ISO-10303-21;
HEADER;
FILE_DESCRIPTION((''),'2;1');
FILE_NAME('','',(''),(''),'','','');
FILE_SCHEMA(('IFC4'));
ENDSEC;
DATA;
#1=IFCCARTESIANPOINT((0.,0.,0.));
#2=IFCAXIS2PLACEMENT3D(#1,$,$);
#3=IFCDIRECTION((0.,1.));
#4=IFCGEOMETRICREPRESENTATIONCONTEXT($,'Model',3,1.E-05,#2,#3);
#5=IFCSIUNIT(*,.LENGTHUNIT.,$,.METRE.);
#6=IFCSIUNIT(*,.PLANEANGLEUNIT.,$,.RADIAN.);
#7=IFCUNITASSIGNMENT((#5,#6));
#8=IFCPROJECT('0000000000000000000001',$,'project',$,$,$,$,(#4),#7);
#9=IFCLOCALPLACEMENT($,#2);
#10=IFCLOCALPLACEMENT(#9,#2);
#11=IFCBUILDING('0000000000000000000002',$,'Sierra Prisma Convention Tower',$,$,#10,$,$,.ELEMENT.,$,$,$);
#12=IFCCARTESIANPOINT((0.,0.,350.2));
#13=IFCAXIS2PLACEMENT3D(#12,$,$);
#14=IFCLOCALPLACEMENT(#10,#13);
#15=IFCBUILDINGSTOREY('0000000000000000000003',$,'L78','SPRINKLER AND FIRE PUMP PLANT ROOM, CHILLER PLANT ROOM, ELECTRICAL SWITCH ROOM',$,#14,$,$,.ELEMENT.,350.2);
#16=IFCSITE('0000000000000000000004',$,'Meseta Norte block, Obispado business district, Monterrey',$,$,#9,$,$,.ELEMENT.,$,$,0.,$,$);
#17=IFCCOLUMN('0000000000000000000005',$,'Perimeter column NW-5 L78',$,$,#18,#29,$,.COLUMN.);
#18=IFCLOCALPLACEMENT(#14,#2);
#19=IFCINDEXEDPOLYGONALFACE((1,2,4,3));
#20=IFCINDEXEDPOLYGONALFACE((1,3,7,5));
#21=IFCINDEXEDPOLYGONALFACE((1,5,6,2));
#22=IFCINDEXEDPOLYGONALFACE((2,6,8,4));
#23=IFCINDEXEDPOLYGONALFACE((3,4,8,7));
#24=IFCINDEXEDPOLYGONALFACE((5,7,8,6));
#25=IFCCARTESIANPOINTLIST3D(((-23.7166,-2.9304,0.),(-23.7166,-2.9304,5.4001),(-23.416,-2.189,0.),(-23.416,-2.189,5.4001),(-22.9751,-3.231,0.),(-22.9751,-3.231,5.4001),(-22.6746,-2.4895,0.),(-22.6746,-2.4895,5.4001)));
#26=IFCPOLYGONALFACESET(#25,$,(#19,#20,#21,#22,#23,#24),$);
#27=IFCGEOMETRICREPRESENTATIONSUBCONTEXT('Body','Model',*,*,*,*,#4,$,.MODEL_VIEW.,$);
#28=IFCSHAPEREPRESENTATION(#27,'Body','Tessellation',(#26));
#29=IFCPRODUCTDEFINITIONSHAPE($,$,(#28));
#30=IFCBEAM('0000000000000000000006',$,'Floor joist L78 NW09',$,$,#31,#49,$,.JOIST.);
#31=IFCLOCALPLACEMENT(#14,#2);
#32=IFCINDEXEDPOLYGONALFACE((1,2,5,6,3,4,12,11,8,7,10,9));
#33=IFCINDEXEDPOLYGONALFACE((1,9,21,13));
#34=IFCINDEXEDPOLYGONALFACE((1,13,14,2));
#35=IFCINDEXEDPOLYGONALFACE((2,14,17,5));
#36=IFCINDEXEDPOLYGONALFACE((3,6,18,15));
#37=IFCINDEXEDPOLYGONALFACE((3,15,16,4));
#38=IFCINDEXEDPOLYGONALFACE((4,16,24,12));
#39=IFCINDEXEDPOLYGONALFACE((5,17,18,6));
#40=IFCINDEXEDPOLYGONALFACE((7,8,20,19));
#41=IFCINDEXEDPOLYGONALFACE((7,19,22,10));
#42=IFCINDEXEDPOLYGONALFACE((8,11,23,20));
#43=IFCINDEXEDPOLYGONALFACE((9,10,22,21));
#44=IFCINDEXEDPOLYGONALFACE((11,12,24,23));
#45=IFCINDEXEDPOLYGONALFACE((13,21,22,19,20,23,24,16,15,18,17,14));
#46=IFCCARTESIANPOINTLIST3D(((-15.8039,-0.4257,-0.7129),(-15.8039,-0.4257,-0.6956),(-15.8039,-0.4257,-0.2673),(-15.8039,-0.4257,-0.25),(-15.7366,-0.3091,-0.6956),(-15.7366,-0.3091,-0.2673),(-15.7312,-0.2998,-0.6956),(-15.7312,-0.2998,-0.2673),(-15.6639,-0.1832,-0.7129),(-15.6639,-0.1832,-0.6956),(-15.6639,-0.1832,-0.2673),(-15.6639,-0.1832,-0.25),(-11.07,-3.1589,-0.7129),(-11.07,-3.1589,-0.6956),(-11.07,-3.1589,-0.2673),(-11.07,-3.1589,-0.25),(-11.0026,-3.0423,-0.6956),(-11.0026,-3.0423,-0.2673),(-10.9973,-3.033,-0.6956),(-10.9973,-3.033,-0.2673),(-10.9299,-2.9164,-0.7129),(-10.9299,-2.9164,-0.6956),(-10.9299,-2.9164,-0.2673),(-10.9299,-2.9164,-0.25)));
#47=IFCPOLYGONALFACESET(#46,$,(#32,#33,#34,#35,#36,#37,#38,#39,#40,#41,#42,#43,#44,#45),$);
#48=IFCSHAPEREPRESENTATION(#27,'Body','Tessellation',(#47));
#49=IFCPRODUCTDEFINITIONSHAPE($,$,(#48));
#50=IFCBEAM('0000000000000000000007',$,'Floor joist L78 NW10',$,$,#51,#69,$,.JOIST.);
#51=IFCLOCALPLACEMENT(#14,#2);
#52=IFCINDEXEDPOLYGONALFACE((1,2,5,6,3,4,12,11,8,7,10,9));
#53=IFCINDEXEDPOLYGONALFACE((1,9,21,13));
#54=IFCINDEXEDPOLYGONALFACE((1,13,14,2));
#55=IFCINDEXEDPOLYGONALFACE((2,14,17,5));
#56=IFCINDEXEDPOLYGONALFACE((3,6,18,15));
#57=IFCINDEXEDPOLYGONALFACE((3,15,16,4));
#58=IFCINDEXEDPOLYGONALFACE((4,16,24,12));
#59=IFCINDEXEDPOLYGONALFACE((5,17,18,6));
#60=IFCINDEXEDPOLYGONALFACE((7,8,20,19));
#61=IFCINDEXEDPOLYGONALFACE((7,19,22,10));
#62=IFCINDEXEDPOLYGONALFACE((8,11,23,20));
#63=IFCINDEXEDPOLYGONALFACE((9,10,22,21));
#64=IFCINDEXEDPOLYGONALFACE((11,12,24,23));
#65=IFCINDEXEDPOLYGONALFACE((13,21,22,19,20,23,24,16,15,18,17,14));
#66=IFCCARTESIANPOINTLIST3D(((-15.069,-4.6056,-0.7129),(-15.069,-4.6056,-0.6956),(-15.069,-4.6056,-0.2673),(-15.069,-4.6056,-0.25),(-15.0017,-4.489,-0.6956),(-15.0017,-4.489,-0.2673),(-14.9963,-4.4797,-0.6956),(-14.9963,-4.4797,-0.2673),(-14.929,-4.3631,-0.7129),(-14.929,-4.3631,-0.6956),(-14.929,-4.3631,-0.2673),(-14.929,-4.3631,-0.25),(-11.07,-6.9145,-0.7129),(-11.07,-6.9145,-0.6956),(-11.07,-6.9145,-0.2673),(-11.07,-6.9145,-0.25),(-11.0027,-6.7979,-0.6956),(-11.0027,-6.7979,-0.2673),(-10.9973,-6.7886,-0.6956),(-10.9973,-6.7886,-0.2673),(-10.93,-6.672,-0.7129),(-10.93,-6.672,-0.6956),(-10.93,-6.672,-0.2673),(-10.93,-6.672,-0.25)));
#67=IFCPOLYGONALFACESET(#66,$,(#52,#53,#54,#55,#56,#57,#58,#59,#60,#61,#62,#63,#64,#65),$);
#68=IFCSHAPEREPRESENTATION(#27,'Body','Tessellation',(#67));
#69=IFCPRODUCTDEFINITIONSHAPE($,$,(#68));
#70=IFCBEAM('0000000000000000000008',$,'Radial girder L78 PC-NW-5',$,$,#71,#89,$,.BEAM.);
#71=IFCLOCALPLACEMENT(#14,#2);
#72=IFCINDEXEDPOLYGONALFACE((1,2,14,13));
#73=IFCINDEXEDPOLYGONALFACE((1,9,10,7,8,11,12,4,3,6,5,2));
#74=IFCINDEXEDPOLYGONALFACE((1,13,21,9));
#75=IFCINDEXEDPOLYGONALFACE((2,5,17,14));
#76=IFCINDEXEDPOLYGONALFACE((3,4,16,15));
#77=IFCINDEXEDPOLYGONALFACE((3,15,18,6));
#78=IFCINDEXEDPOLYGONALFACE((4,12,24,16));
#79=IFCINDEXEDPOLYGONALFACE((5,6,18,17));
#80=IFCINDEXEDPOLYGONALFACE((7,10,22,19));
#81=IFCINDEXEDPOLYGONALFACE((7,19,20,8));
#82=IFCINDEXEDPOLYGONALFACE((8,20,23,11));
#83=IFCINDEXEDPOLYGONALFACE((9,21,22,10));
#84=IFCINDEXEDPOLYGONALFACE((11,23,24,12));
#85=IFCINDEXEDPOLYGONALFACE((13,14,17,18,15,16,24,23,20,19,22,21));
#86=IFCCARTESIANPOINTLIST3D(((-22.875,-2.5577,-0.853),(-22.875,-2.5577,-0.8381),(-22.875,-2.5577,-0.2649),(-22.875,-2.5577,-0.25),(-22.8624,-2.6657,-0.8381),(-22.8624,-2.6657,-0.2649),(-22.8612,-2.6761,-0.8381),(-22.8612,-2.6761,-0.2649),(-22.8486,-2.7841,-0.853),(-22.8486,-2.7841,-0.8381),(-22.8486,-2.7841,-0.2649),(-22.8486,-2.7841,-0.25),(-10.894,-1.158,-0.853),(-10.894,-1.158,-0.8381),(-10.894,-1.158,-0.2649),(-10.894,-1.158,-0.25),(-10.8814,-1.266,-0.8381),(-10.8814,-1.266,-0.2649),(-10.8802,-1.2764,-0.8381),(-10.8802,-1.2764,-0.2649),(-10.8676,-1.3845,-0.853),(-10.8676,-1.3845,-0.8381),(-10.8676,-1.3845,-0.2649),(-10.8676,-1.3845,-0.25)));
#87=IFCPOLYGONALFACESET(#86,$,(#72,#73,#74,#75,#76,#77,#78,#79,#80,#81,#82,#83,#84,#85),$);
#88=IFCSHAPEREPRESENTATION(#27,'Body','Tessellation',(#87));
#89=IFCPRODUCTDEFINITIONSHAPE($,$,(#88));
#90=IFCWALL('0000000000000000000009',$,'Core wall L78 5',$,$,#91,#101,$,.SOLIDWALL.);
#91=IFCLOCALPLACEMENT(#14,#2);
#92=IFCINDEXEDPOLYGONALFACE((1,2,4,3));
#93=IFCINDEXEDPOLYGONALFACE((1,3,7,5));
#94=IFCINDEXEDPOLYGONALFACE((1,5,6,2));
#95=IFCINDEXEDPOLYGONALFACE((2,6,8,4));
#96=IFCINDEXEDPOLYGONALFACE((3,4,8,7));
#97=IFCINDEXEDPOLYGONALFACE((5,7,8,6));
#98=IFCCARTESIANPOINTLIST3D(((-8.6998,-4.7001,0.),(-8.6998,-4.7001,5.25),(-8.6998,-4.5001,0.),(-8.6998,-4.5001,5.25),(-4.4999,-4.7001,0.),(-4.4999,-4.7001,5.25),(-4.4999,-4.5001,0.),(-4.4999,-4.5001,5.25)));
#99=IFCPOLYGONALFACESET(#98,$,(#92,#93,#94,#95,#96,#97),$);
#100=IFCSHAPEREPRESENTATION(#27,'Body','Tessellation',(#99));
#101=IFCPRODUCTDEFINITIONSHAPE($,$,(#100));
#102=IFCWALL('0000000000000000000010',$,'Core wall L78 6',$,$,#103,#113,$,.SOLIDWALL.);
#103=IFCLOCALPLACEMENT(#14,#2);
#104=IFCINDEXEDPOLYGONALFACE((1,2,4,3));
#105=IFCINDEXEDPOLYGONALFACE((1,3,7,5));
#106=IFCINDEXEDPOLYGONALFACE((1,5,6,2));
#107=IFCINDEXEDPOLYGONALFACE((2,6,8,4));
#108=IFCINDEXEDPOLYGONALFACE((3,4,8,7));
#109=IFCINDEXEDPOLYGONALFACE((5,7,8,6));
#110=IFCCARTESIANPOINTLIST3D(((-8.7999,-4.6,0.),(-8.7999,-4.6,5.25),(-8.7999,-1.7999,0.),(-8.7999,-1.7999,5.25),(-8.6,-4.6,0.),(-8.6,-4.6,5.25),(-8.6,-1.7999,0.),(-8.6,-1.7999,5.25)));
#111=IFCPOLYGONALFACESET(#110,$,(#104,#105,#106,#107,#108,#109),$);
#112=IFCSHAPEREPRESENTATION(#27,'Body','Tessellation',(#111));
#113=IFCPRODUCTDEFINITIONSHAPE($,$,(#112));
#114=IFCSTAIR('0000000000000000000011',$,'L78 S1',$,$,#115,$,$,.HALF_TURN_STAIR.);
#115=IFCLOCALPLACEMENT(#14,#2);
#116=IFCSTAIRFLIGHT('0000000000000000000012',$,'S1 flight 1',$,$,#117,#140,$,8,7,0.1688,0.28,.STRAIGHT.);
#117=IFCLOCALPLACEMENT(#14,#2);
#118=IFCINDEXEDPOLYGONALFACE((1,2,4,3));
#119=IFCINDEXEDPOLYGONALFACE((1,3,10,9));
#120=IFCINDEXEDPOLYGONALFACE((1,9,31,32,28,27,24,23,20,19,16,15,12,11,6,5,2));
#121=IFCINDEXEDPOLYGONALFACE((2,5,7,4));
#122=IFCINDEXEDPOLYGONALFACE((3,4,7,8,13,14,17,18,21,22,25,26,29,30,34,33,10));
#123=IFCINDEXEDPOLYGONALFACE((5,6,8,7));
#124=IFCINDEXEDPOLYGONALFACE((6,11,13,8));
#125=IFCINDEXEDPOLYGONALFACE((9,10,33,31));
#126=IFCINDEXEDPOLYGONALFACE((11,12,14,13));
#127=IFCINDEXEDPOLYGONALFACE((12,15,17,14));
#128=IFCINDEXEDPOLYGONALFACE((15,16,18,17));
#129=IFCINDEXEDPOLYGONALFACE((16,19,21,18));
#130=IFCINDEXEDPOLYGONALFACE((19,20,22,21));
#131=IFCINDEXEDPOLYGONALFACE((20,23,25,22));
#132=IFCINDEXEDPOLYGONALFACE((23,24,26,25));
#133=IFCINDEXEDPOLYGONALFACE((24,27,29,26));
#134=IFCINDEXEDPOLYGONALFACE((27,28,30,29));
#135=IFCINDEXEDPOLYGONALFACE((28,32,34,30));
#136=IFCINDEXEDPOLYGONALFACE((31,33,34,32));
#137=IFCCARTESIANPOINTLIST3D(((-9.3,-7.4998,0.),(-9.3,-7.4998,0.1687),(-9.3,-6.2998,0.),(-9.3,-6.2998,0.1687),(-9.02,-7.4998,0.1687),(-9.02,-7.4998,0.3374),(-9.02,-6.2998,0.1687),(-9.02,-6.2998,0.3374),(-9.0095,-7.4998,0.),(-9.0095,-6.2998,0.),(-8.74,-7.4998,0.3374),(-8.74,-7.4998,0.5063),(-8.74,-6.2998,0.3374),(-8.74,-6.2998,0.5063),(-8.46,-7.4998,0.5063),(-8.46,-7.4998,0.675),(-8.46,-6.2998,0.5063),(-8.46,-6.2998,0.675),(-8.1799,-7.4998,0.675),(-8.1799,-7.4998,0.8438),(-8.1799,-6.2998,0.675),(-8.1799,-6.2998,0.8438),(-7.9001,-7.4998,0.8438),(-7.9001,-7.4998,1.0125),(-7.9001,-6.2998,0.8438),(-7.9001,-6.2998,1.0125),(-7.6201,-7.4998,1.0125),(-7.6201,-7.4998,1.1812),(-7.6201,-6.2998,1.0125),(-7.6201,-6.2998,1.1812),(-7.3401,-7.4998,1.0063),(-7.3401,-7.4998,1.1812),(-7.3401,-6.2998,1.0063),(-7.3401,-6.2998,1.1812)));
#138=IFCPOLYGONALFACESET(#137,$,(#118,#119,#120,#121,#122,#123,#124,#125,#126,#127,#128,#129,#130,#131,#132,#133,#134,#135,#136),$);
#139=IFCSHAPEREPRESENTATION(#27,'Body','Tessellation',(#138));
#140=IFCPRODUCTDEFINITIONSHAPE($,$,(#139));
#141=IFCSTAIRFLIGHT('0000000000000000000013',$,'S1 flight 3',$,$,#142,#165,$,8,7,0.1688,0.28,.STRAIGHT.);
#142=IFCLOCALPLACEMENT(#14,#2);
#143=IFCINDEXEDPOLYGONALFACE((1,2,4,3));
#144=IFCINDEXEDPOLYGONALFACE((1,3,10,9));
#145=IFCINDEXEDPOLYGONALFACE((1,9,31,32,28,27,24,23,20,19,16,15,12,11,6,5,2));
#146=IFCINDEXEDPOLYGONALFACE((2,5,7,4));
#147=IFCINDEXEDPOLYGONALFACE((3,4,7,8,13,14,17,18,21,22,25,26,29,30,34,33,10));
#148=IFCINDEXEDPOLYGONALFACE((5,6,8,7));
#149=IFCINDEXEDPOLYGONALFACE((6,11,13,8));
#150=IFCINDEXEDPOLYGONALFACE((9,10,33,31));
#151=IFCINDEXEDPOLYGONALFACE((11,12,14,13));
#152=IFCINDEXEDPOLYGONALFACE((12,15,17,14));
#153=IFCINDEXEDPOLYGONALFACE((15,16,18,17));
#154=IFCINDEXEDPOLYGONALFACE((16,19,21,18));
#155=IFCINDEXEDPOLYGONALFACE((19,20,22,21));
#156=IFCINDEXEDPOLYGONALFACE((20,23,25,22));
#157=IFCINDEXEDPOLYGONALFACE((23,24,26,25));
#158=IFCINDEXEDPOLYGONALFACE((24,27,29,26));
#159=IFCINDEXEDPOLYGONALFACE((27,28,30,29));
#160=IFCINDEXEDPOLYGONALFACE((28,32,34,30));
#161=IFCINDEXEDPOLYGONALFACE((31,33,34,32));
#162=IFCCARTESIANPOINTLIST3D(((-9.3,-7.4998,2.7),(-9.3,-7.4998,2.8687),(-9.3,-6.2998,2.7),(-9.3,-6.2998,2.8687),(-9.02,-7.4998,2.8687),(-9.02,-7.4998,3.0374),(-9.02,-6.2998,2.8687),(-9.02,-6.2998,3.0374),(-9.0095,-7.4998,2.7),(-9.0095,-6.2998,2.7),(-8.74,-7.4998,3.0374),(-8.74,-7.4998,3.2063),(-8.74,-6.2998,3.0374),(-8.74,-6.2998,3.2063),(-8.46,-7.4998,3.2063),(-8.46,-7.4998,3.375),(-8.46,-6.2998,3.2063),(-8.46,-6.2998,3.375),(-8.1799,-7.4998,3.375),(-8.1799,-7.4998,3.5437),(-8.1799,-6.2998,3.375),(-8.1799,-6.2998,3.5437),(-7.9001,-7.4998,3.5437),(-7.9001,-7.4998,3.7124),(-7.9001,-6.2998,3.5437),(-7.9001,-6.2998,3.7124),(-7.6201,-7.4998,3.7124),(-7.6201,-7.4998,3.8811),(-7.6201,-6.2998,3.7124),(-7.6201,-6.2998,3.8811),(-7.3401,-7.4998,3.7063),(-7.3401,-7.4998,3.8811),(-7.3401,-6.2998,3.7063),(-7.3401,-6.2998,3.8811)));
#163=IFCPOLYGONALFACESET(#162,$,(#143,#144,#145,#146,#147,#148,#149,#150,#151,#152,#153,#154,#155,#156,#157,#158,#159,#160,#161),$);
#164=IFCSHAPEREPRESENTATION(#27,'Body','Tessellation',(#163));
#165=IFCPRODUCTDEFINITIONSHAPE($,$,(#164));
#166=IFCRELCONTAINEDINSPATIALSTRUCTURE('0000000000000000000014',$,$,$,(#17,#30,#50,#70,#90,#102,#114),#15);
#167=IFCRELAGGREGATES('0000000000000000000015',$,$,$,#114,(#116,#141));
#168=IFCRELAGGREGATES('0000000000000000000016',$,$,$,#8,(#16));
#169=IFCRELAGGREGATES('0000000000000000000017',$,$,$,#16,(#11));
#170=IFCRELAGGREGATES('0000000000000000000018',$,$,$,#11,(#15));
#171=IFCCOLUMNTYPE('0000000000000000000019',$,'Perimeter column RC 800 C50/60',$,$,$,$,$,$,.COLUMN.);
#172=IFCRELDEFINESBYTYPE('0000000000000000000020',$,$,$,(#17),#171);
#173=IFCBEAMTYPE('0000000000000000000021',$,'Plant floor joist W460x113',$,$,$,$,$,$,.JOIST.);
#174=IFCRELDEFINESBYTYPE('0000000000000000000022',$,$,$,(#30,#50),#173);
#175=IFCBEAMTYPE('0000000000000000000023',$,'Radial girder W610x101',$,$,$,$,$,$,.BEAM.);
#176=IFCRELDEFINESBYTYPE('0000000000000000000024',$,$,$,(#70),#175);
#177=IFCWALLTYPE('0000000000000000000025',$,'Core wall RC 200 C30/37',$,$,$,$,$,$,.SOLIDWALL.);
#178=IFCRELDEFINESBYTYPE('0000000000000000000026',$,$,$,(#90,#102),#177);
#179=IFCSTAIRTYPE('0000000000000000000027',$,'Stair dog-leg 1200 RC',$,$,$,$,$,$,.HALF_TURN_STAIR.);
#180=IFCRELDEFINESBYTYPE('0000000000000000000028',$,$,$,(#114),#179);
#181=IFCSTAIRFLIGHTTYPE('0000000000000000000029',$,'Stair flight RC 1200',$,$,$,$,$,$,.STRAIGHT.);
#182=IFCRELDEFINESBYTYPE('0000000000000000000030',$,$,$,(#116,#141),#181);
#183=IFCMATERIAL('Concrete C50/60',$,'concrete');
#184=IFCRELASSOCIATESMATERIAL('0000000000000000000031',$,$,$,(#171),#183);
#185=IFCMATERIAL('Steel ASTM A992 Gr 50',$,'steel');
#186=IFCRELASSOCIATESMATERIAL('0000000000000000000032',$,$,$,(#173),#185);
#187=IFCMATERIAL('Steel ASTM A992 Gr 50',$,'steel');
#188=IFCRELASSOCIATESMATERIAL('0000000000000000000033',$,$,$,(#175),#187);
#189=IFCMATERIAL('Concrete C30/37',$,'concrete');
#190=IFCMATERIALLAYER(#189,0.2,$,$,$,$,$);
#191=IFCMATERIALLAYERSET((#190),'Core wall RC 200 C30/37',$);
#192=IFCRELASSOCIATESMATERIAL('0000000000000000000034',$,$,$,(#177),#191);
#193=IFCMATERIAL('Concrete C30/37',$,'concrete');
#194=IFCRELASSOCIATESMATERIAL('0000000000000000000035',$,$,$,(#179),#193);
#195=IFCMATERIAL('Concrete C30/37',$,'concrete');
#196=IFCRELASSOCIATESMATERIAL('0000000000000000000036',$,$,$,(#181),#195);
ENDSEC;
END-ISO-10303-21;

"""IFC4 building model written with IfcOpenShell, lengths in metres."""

from ifc_helpers import new_model, si_unit, direction, frame, frame_2d, origin, origin_2d, place, context, subcontext, project, spatial, polyline, rectangle, i_section, outline, extrude, material, layer, layer_set, material_profile, profile_set, type_object, element, aggregate, save


model = new_model("IFC4")

# Units and contexts
model_context = context("Model", 3, precision=1e-05, world=origin(), true_north=direction((0.0, 1.0)))
body_context = subcontext(model_context, "Body", "Model", "MODEL_VIEW")
ifc_project = project(units=[si_unit("LENGTHUNIT", "METRE"), si_unit("PLANEANGLEUNIT", "RADIAN")], contexts=[model_context])

# Site, building, storey
site_placement = place(None, origin())
site = spatial("IfcSite", under=ifc_project, at=site_placement, Name="Meseta Norte block, Obispado business district, Monterrey", CompositionType="ELEMENT", RefElevation=0.0)
building_placement = place(site_placement, origin())
building = spatial("IfcBuilding", under=site, at=building_placement, Name="Sierra Prisma Convention Tower", CompositionType="ELEMENT")
storey_placement = place(building_placement, frame((0.0, 0.0, 350.2)))
storey = spatial("IfcBuildingStorey", under=building, at=storey_placement, Name="L78", Description="SPRINKLER AND FIRE PUMP PLANT ROOM, CHILLER PLANT ROOM, ELECTRICAL SWITCH ROOM", CompositionType="ELEMENT", Elevation=350.2)

# Column
ifc_material_1 = material(Name="Concrete C50/60", Category="concrete")
ifc_material_profile_1 = material_profile(ifc_material_1, rectangle(XDim=0.8, YDim=0.8, at=origin_2d()), Name="Perimeter column RC 800 C50/60")
ifc_profile_set_1 = profile_set([ifc_material_profile_1], Name="Concrete C50/60")
column_type = type_object("IfcColumnType", Name="Perimeter column RC 800 C50/60", PredefinedType="COLUMN", material=ifc_profile_set_1)
column_placement = place(storey_placement, frame((-23.1956, -2.71, 0.0), z_axis=(0.0, 0.0, 1.0), x_axis=(0.375686, 0.926747, 0.0)))
element("IfcColumn", 1, at=column_placement, inside=storey, type_object=column_type, Name="Perimeter column NW-5 L78", PredefinedType="COLUMN", context=body_context, shape_type="SweptSolid", body=[
    extrude(rectangle(XDim=0.8, YDim=0.8, at=origin_2d()), origin(), (0.0, 0.0, 1.0), 5.4001),
])

# Beams
ifc_material_2 = material(Name="Steel ASTM A992 Gr 50", Category="steel")
ifc_material_profile_2 = material_profile(ifc_material_2, i_section(OverallWidth=0.28, OverallDepth=0.4629, WebThickness=0.0107, FlangeThickness=0.0173, at=origin_2d()), Name="W460x113")
ifc_profile_set_2 = profile_set([ifc_material_profile_2], Name="Steel ASTM A992 Gr 50")
beam_type_1 = type_object("IfcBeamType", Name="Plant floor joist W460x113", PredefinedType="JOIST", material=ifc_profile_set_2)
beam_1_placement = place(storey_placement, frame((-15.7339, -0.3044, -0.4814), z_axis=(0.866022, -0.500006, 0.0), x_axis=(0.500006, 0.866022, 0.0)))
element("IfcBeam", 2, at=beam_1_placement, inside=storey, type_object=beam_type_1, Name="Floor joist L78 NW09", PredefinedType="JOIST", context=body_context, shape_type="SweptSolid", body=[
    extrude(i_section(OverallWidth=0.28, OverallDepth=0.4629, WebThickness=0.0107, FlangeThickness=0.0173, at=origin_2d()), origin(), (0.0, 0.0, 1.0), 5.4663),
])
beam_2_placement = place(storey_placement, frame((-14.999, -4.4844, -0.4814), z_axis=(0.866025, -0.5, 0.0), x_axis=(0.5, 0.866025, 0.0)))
element("IfcBeam", 3, at=beam_2_placement, inside=storey, type_object=beam_type_1, Name="Floor joist L78 NW10", PredefinedType="JOIST", context=body_context, shape_type="SweptSolid", body=[
    extrude(i_section(OverallWidth=0.28, OverallDepth=0.4629, WebThickness=0.0107, FlangeThickness=0.0173, at=origin_2d()), origin(), (0.0, 0.0, 1.0), 4.6177),
])
ifc_material_3 = material(Name="Steel ASTM A992 Gr 50", Category="steel")
ifc_material_profile_3 = material_profile(ifc_material_3, i_section(OverallWidth=0.228, OverallDepth=0.603, WebThickness=0.0105, FlangeThickness=0.0149, at=origin_2d()), Name="W610x101")
ifc_profile_set_3 = profile_set([ifc_material_profile_3], Name="Steel ASTM A992 Gr 50")
beam_type_2 = type_object("IfcBeamType", Name="Radial girder W610x101", PredefinedType="BEAM", material=ifc_profile_set_3)
beam_3_placement = place(storey_placement, frame((-22.8618, -2.6709, -0.5515), z_axis=(0.993245, 0.116034, 0.0), x_axis=(-0.116034, 0.993245, 0.0)))
element("IfcBeam", 4, at=beam_3_placement, inside=storey, type_object=beam_type_2, Name="Radial girder L78 PC-NW-5", PredefinedType="BEAM", context=body_context, shape_type="SweptSolid", body=[
    extrude(i_section(OverallWidth=0.228, OverallDepth=0.603, WebThickness=0.0105, FlangeThickness=0.0149, at=origin_2d()), origin(), (0.0, 0.0, 1.0), 12.0625),
])

# Shared definitions
ifc_material_4 = material(Name="Concrete C30/37", Category="concrete")
ifc_layer = layer(ifc_material_4, 0.2)
ifc_layer_set = layer_set([ifc_layer], Name="Core wall RC 200 C30/37")
wall_type = type_object("IfcWallType", Name="Core wall RC 200 C30/37", PredefinedType="SOLIDWALL", material=ifc_layer_set)

# Walls
wall_1_placement = place(storey_placement, frame((-8.7, -4.6001, 0.0), z_axis=(0.0, 0.0, 1.0), x_axis=(1.0, 0.0, 0.0)))
element("IfcWall", 5, at=wall_1_placement, inside=storey, type_object=wall_type, Name="Core wall L78 5", PredefinedType="SOLIDWALL", context=body_context, shape_type="SweptSolid", body=[
    extrude(rectangle(XDim=4.2, YDim=0.2, at=frame_2d((2.1001, 0.0))), origin(), (0.0, 0.0, 1.0), 5.25),
])
wall_2_placement = place(storey_placement, frame((-8.7, -1.8, 0.0), z_axis=(0.0, 0.0, 1.0), x_axis=(0.0, -1.0, 0.0)))
element("IfcWall", 6, at=wall_2_placement, inside=storey, type_object=wall_type, Name="Core wall L78 6", PredefinedType="SOLIDWALL", context=body_context, shape_type="SweptSolid", body=[
    extrude(rectangle(XDim=2.8, YDim=0.2, at=frame_2d((1.3999, 0.0))), origin(), (0.0, 0.0, 1.0), 5.25),
])

# Stair, stair flights
ifc_material_5 = material(Name="Concrete C30/37", Category="concrete")
stair_type = type_object("IfcStairType", Name="Stair dog-leg 1200 RC", PredefinedType="HALF_TURN_STAIR", material=ifc_material_5)
stair_placement = place(storey_placement, origin())
stair = element("IfcStair", 7, at=stair_placement, inside=storey, type_object=stair_type, Name="L78 S1", PredefinedType="HALF_TURN_STAIR")
ifc_material_6 = material(Name="Concrete C30/37", Category="concrete")
stair_flight_type = type_object("IfcStairFlightType", Name="Stair flight RC 1200", PredefinedType="STRAIGHT", material=ifc_material_6)
stair_flight_1_placement = place(storey_placement, frame((-9.3, -6.8999, 0.0), z_axis=(0.0, 0.0, 1.0), x_axis=(1.0, 0.0, 0.0)))
stair_flight_1 = element("IfcStairFlight", 8, at=stair_flight_1_placement, type_object=stair_flight_type, Name="S1 flight 1", NumberOfRisers=8, NumberOfTreads=7, PredefinedType="STRAIGHT", RiserHeight=0.1688, TreadLength=0.28, context=body_context, shape_type="SweptSolid", body=[
    extrude(outline(polyline([(0.0, 0.0), (0.0, 0.1687), (0.28, 0.1687), (0.28, 0.3374), (0.5601, 0.3374), (0.5601, 0.5063), (0.8401, 0.5063), (0.8401, 0.675), (1.1201, 0.675), (1.1201, 0.8438), (1.3999, 0.8438), (1.3999, 1.0125), (1.6799, 1.0125), (1.6799, 1.1812), (1.96, 1.1812), (1.96, 1.3501), (1.96, 1.0063), (0.2905, 0.0), (0.0, 0.0)])), frame((0.0, 0.6001, 0.0), z_axis=(0.0, -1.0, 0.0), x_axis=(1.0, 0.0, 0.0)), (0.0, 0.0, 1.0), 1.2),
])
stair_flight_2_placement = place(storey_placement, frame((-9.3, -6.8999, 2.7), z_axis=(0.0, 0.0, 1.0), x_axis=(1.0, 0.0, 0.0)))
stair_flight_2 = element("IfcStairFlight", 9, at=stair_flight_2_placement, type_object=stair_flight_type, Name="S1 flight 3", NumberOfRisers=8, NumberOfTreads=7, PredefinedType="STRAIGHT", RiserHeight=0.1688, TreadLength=0.28, context=body_context, shape_type="SweptSolid", body=[
    extrude(outline(polyline([(0.0, 0.0), (0.0, 0.1687), (0.28, 0.1687), (0.28, 0.3374), (0.5601, 0.3374), (0.5601, 0.5063), (0.8401, 0.5063), (0.8401, 0.675), (1.1201, 0.675), (1.1201, 0.8438), (1.3999, 0.8438), (1.3999, 1.0125), (1.6799, 1.0125), (1.6799, 1.1812), (1.96, 1.1812), (1.96, 1.3501), (1.96, 1.0063), (0.2905, 0.0), (0.0, 0.0)])), frame((0.0, 0.6001, 0.0), z_axis=(0.0, -1.0, 0.0), x_axis=(1.0, 0.0, 0.0)), (0.0, 0.0, 1.0), 1.2),
])
aggregate(stair, [stair_flight_1, stair_flight_2])

save(model, "model.ifc")
